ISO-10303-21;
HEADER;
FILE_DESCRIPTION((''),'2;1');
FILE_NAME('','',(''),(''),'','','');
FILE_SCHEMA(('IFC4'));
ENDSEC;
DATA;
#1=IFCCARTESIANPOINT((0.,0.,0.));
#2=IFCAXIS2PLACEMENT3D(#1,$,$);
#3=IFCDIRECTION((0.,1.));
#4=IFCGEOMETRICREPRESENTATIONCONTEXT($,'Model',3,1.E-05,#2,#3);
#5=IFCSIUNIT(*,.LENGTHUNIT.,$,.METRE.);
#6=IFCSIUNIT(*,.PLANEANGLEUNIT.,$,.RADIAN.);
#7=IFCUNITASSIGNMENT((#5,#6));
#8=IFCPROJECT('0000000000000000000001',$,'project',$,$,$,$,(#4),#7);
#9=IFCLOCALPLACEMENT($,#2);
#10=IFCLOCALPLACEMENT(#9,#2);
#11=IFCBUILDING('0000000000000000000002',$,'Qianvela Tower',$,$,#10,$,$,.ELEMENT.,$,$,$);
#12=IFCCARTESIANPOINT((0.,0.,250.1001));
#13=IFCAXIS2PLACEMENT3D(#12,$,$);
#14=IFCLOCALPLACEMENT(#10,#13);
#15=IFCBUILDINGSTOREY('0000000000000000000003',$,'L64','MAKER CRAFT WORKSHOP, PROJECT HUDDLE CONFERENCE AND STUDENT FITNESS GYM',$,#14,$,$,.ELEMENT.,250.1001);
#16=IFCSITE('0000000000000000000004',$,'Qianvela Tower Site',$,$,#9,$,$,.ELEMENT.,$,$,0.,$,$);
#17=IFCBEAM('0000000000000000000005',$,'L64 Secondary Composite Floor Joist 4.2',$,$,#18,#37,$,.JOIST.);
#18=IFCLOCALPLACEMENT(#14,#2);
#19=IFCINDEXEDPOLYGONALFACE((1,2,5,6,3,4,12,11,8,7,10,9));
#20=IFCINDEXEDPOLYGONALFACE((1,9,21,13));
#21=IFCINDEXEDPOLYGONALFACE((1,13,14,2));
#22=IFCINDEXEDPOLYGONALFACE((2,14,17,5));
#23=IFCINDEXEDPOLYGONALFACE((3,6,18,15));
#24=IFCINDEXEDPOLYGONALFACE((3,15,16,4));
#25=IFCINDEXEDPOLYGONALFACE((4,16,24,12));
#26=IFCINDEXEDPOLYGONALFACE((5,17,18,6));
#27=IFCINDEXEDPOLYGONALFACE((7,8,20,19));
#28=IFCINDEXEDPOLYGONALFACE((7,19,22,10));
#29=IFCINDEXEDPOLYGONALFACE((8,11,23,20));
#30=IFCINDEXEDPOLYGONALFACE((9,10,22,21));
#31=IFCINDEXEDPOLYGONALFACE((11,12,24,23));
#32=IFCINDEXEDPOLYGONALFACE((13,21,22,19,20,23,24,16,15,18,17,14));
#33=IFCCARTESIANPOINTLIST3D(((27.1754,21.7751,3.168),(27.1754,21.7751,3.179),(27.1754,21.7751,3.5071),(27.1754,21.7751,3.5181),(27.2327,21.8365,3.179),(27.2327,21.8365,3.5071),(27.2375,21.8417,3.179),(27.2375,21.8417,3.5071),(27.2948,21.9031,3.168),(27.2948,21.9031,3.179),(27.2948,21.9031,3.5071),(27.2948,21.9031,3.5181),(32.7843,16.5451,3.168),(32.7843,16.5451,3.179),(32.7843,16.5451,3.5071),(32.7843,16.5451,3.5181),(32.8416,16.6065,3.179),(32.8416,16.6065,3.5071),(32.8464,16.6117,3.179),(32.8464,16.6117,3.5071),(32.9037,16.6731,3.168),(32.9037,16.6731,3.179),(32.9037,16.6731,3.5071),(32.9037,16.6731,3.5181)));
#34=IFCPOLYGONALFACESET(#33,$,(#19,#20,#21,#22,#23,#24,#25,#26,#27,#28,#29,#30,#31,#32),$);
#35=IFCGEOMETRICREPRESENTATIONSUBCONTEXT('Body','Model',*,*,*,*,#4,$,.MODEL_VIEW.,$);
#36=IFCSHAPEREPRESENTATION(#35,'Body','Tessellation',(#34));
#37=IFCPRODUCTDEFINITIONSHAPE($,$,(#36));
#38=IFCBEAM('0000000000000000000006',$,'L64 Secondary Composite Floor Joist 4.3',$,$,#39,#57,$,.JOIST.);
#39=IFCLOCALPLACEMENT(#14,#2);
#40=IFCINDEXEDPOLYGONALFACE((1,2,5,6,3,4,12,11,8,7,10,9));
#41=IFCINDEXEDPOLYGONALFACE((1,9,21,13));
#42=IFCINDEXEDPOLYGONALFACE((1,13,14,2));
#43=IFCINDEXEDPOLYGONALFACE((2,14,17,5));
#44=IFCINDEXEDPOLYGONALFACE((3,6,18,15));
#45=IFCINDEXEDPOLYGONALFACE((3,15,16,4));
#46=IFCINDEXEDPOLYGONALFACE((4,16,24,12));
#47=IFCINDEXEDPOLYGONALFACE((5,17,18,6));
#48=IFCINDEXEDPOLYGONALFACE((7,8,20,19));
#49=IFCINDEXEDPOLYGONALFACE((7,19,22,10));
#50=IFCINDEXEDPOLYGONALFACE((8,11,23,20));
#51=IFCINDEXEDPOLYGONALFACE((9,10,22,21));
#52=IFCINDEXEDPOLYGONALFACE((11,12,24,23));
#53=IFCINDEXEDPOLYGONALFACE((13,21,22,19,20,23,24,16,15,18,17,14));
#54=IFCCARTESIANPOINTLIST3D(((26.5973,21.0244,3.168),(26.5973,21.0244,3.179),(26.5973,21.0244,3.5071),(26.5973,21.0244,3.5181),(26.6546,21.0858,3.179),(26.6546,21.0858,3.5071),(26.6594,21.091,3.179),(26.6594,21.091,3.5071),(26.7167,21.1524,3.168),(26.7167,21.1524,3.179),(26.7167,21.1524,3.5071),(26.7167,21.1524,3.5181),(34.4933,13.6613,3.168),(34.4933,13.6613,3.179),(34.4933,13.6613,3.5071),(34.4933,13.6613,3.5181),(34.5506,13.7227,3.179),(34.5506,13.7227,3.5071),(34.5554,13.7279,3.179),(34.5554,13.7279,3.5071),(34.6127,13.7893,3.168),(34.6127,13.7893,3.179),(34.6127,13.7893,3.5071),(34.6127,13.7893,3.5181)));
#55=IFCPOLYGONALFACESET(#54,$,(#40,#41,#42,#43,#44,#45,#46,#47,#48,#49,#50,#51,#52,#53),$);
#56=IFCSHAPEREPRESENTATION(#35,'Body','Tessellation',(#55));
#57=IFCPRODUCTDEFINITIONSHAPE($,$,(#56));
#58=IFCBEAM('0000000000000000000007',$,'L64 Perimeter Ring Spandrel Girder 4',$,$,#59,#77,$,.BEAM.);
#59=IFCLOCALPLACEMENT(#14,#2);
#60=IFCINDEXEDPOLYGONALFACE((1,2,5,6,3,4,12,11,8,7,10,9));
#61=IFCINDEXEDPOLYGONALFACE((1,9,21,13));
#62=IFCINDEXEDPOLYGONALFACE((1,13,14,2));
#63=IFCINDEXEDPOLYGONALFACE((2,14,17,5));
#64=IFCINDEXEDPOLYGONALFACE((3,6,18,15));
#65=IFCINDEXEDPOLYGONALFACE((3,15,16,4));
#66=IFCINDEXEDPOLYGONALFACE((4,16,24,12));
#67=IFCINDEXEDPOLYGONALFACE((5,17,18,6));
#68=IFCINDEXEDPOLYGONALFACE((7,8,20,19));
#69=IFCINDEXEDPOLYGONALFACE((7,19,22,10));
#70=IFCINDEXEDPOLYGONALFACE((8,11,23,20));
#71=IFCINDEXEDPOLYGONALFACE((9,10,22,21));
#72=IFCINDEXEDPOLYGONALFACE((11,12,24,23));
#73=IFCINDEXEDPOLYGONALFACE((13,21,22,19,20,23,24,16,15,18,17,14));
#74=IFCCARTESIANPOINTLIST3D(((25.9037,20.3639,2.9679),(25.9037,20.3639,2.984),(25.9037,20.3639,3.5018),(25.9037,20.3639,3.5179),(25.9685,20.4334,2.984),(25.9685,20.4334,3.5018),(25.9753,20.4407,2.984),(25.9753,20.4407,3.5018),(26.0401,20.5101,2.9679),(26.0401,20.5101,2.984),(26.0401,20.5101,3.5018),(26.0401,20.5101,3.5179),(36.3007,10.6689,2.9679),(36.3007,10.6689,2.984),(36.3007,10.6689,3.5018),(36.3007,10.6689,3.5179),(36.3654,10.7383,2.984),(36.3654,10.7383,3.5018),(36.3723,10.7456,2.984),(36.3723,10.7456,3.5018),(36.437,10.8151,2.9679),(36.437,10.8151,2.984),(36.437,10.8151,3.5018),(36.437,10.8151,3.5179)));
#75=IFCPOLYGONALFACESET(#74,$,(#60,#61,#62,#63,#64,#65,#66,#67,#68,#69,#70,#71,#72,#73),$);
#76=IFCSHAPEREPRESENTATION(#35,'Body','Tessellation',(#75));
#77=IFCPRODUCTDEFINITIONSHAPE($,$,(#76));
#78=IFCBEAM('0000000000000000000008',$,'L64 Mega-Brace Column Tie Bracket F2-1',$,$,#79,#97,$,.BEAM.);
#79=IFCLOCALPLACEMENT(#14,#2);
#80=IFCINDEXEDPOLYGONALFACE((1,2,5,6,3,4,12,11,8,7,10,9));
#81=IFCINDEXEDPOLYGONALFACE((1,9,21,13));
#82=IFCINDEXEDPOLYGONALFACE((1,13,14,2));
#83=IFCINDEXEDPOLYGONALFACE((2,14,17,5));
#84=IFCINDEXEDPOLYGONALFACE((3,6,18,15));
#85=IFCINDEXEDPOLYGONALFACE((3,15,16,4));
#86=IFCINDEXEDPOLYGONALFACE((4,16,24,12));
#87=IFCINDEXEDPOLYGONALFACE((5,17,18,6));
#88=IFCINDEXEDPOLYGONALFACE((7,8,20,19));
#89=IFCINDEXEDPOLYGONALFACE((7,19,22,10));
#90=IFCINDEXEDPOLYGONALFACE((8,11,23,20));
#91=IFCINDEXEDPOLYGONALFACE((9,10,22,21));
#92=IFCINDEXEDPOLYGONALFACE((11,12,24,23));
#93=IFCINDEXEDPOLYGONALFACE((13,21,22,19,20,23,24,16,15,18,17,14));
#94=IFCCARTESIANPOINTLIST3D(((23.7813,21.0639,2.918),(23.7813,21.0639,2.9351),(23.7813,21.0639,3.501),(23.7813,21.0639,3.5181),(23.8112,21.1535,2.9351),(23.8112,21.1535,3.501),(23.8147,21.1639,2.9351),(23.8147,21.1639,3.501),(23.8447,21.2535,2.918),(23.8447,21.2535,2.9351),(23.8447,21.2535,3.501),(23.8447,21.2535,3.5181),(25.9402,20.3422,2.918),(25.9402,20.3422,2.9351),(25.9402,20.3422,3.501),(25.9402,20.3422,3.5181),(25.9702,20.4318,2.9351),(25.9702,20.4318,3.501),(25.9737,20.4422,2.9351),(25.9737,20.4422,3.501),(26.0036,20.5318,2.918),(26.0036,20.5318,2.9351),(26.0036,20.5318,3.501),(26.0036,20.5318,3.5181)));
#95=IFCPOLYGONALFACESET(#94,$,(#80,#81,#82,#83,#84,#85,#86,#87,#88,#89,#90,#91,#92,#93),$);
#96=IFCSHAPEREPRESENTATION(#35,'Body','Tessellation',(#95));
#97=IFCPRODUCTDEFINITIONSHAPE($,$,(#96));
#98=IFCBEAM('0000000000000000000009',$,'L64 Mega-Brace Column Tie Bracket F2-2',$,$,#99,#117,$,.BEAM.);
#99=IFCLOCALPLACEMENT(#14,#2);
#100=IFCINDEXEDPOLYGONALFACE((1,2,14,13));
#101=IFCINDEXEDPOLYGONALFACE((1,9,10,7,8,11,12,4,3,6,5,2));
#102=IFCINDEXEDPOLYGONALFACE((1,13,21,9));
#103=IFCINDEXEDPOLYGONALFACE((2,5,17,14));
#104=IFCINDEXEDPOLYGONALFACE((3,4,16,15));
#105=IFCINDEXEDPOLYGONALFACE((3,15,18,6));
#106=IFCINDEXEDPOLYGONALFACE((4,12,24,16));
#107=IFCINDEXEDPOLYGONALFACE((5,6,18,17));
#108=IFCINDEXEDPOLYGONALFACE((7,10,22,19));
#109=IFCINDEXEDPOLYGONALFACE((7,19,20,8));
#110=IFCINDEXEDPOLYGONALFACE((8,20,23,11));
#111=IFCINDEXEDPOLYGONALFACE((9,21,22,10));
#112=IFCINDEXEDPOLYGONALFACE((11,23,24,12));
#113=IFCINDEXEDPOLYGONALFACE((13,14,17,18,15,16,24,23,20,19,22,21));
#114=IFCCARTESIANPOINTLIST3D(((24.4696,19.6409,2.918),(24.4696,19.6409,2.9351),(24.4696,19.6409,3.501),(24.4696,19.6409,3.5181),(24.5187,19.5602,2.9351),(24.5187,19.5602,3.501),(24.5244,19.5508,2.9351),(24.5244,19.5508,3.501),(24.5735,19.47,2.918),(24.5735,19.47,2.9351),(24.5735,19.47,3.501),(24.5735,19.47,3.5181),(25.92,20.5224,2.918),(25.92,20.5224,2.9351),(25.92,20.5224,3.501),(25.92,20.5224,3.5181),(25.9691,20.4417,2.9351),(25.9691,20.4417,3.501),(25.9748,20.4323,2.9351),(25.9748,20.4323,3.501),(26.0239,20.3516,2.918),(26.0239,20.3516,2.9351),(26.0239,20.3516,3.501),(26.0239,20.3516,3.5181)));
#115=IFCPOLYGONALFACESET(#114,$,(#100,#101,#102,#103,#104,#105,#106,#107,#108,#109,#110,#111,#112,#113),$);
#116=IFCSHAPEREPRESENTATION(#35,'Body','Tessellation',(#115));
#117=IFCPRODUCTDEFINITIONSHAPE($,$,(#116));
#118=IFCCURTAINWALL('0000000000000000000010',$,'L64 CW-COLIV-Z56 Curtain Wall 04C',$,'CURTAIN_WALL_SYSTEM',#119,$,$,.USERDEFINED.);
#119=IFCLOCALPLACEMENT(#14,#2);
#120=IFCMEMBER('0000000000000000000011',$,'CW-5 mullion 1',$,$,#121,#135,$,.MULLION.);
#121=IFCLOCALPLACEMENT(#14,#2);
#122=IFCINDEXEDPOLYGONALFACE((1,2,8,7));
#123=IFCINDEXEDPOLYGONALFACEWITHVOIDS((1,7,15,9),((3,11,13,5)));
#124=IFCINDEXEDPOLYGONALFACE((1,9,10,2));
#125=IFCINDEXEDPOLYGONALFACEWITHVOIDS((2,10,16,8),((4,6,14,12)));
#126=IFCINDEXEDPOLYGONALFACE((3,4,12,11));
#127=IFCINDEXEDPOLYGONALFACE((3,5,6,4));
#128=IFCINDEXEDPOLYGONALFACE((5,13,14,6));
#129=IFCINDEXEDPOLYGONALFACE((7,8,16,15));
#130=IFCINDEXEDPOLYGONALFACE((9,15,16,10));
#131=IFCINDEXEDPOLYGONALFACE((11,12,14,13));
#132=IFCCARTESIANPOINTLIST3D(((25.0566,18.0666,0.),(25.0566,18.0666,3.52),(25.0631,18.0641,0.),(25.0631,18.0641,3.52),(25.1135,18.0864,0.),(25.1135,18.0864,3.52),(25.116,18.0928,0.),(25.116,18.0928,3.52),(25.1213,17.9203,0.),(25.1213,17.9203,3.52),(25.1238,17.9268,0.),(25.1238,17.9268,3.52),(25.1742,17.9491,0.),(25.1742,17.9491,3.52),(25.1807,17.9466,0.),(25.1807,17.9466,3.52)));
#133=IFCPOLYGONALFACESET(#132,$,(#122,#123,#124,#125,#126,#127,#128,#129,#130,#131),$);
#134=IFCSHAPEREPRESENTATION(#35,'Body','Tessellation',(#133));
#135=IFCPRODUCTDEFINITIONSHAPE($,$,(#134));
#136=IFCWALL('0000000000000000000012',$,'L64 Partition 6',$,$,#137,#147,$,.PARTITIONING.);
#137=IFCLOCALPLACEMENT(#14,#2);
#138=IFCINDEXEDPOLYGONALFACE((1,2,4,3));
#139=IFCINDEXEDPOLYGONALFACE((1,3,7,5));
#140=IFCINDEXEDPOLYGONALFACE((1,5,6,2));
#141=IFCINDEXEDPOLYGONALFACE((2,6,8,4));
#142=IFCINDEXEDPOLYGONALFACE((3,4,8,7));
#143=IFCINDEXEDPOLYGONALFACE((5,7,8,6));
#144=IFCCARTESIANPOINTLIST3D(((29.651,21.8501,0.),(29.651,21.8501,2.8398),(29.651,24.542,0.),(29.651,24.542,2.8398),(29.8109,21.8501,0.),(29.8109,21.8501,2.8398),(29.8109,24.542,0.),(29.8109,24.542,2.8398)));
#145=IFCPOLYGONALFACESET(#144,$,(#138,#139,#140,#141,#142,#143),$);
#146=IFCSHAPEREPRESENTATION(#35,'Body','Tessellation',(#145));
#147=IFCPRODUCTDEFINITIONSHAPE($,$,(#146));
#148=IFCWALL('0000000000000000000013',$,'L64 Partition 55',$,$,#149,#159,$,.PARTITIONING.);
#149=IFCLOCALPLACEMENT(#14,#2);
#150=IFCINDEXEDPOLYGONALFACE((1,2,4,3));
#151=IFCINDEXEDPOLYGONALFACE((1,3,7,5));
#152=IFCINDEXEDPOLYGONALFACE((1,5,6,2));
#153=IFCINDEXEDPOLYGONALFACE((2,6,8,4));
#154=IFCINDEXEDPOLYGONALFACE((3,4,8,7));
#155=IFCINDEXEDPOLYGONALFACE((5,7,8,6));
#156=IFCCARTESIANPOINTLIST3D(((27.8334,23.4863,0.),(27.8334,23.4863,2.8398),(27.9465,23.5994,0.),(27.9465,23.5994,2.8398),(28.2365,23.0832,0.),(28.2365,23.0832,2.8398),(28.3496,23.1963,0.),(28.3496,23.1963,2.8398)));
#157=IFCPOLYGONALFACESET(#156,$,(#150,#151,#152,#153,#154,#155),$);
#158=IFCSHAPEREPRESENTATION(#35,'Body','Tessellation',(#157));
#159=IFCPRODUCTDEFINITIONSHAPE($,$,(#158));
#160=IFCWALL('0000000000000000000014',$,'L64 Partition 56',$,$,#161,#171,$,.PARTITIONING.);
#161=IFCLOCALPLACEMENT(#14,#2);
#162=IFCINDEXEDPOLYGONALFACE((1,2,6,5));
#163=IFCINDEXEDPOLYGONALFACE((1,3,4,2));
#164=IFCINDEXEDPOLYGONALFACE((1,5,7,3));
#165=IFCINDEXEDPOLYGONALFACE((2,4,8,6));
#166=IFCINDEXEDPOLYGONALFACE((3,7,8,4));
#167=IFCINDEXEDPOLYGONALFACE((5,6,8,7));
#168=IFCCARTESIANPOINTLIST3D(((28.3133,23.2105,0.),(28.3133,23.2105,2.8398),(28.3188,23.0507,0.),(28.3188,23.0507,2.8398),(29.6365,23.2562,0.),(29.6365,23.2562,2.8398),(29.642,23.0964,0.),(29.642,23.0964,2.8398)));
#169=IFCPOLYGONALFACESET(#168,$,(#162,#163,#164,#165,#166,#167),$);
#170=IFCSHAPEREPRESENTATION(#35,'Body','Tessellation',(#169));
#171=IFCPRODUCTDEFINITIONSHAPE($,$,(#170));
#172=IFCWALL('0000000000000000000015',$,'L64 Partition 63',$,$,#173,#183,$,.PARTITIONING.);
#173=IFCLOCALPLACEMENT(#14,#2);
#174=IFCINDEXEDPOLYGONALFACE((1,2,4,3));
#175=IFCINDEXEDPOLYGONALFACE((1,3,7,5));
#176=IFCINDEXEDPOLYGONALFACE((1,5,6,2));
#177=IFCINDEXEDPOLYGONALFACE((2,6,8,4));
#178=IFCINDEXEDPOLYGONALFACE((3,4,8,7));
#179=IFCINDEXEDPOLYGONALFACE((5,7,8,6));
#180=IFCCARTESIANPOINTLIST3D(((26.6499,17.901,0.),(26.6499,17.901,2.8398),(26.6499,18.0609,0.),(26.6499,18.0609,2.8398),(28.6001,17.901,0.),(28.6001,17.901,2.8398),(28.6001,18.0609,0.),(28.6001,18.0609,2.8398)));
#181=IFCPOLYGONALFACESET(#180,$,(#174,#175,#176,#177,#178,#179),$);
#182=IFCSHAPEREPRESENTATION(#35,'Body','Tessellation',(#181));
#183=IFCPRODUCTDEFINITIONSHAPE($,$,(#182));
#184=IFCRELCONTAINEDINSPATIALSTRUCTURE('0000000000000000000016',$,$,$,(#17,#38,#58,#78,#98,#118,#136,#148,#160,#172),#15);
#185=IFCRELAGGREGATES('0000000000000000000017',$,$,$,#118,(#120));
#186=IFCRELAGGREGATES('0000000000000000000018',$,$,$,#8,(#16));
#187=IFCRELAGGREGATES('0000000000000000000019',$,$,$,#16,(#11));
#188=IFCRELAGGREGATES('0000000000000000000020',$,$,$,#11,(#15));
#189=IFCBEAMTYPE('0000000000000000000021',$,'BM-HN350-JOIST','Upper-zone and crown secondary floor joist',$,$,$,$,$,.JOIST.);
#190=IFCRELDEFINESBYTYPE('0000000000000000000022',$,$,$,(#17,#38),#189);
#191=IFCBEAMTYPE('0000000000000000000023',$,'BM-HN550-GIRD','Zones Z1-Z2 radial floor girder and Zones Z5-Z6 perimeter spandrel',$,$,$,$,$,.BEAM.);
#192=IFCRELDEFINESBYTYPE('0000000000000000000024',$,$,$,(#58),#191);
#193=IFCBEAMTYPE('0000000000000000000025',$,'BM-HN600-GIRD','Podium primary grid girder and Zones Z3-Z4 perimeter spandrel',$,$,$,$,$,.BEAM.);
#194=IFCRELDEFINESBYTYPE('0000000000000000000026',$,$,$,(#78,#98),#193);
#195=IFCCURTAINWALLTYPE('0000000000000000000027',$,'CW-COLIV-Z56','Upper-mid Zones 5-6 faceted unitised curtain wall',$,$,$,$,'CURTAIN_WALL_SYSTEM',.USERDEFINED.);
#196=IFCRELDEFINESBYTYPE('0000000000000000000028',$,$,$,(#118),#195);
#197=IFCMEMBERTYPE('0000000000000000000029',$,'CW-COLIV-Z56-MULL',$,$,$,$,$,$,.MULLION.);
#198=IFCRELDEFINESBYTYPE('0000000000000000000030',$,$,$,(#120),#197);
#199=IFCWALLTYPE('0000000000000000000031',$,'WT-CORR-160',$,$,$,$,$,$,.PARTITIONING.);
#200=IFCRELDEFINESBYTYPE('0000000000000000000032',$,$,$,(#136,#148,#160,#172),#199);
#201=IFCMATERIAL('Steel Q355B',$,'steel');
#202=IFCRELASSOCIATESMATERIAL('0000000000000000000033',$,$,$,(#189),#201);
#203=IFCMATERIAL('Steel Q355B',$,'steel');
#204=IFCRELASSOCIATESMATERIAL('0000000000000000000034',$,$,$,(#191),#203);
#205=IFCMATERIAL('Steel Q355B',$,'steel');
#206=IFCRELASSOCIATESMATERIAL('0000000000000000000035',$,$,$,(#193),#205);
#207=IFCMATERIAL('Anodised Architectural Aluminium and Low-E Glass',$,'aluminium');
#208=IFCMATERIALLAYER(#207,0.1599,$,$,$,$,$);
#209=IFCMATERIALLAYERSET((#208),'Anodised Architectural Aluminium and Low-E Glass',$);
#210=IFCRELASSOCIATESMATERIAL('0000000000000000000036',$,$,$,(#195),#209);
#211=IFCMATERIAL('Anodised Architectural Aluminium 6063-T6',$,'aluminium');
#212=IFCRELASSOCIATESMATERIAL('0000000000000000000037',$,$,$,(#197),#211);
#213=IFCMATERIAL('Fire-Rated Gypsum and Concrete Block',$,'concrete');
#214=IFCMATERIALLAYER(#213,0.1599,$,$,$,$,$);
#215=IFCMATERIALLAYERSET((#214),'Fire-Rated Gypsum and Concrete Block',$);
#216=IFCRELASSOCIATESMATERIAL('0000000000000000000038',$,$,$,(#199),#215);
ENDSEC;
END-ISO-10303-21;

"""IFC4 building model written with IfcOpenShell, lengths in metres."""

from ifc_helpers import new_model, si_unit, direction, frame, frame_2d, origin, origin_2d, place, context, subcontext, project, spatial, rectangle, hollow_rectangle, i_section, extrude, material, layer, layer_set, material_profile, profile_set, type_object, element, aggregate, save


model = new_model("IFC4")

# Units and contexts
model_context = context("Model", 3, precision=1e-05, world=origin(), true_north=direction((0.0, 1.0)))
body_context = subcontext(model_context, "Body", "Model", "MODEL_VIEW")
ifc_project = project(units=[si_unit("LENGTHUNIT", "METRE"), si_unit("PLANEANGLEUNIT", "RADIAN")], contexts=[model_context])

# Site, building, storey
site_placement = place(None, origin())
site = spatial("IfcSite", under=ifc_project, at=site_placement, Name="Qianvela Tower Site", CompositionType="ELEMENT", RefElevation=0.0)
building_placement = place(site_placement, origin())
building = spatial("IfcBuilding", under=site, at=building_placement, Name="Qianvela Tower", CompositionType="ELEMENT")
storey_placement = place(building_placement, frame((0.0, 0.0, 250.1001)))
storey = spatial("IfcBuildingStorey", under=building, at=storey_placement, Name="L64", Description="MAKER CRAFT WORKSHOP, PROJECT HUDDLE CONFERENCE AND STUDENT FITNESS GYM", CompositionType="ELEMENT", Elevation=250.1001)

# Beams
ifc_material_1 = material(Name="Steel Q355B", Category="steel")
ifc_material_profile_1 = material_profile(ifc_material_1, i_section(OverallWidth=0.175, OverallDepth=0.3501, WebThickness=0.0071, FlangeThickness=0.011, at=origin_2d()), Name="HN350x175x7x11")
ifc_profile_set_1 = profile_set([ifc_material_profile_1], Name="Steel Q355B")
beam_type_1 = type_object("IfcBeamType", Name="BM-HN350-JOIST", Description="Upper-zone and crown secondary floor joist", PredefinedType="JOIST", material=ifc_profile_set_1)
beam_1_placement = place(storey_placement, frame((27.2351, 21.8391, 3.343), z_axis=(0.731379, -0.681971, 0.0), x_axis=(0.681971, 0.731379, 0.0)))
element("IfcBeam", 1, at=beam_1_placement, inside=storey, type_object=beam_type_1, Name="L64 Secondary Composite Floor Joist 4.2", PredefinedType="JOIST", context=body_context, shape_type="SweptSolid", body=[
    extrude(i_section(OverallWidth=0.175, OverallDepth=0.3501, WebThickness=0.0071, FlangeThickness=0.011, at=origin_2d()), origin(), (0.0, 0.0, 1.0), 7.6689),
])
beam_2_placement = place(storey_placement, frame((26.657, 21.0884, 3.343), z_axis=(0.731358, -0.681993, 0.0), x_axis=(0.681993, 0.731358, 0.0)))
element("IfcBeam", 2, at=beam_2_placement, inside=storey, type_object=beam_type_1, Name="L64 Secondary Composite Floor Joist 4.3", PredefinedType="JOIST", context=body_context, shape_type="SweptSolid", body=[
    extrude(i_section(OverallWidth=0.175, OverallDepth=0.3501, WebThickness=0.0071, FlangeThickness=0.011, at=origin_2d()), origin(), (0.0, 0.0, 1.0), 10.7964),
])
ifc_material_2 = material(Name="Steel Q355B", Category="steel")
ifc_material_profile_2 = material_profile(ifc_material_2, i_section(OverallWidth=0.2, OverallDepth=0.55, WebThickness=0.01, FlangeThickness=0.0161, at=origin_2d()), Name="HN550x200x10x16")
ifc_profile_set_2 = profile_set([ifc_material_profile_2], Name="Steel Q355B")
beam_type_2 = type_object("IfcBeamType", Name="BM-HN550-GIRD", Description="Zones Z1-Z2 radial floor girder and Zones Z5-Z6 perimeter spandrel", PredefinedType="BEAM", material=ifc_profile_set_2)
beam_3_placement = place(storey_placement, frame((25.9719, 20.437, 3.2429), z_axis=(0.731363, -0.681988, 0.0), x_axis=(0.681988, 0.731363, 0.0)))
element("IfcBeam", 3, at=beam_3_placement, inside=storey, type_object=beam_type_2, Name="L64 Perimeter Ring Spandrel Girder 4", PredefinedType="BEAM", context=body_context, shape_type="SweptSolid", body=[
    extrude(i_section(OverallWidth=0.2, OverallDepth=0.55, WebThickness=0.01, FlangeThickness=0.0161, at=origin_2d()), origin(), (0.0, 0.0, 1.0), 14.2158),
])
ifc_material_3 = material(Name="Steel Q355B", Category="steel")
ifc_material_profile_3 = material_profile(ifc_material_3, i_section(OverallWidth=0.2, OverallDepth=0.6001, WebThickness=0.011, FlangeThickness=0.0171, at=origin_2d()), Name="HN600x200x11x17")
ifc_profile_set_3 = profile_set([ifc_material_profile_3], Name="Steel Q355B")
beam_type_3 = type_object("IfcBeamType", Name="BM-HN600-GIRD", Description="Podium primary grid girder and Zones Z3-Z4 perimeter spandrel", PredefinedType="BEAM", material=ifc_profile_set_3)
beam_4_placement = place(storey_placement, frame((25.9719, 20.437, 3.218), z_axis=(-0.948415, 0.317032, 0.0), x_axis=(-0.317032, -0.948415, 0.0)))
element("IfcBeam", 4, at=beam_4_placement, inside=storey, type_object=beam_type_3, Name="L64 Mega-Brace Column Tie Bracket F2-1", PredefinedType="BEAM", context=body_context, shape_type="SweptSolid", body=[
    extrude(i_section(OverallWidth=0.2, OverallDepth=0.6001, WebThickness=0.011, FlangeThickness=0.0171, at=origin_2d()), origin(), (0.0, 0.0, 1.0), 2.2764),
])
beam_5_placement = place(storey_placement, frame((25.9719, 20.437, 3.218), z_axis=(-0.854534, -0.519395, 0.0), x_axis=(0.519395, -0.854534, 0.0)))
element("IfcBeam", 5, at=beam_5_placement, inside=storey, type_object=beam_type_3, Name="L64 Mega-Brace Column Tie Bracket F2-2", PredefinedType="BEAM", context=body_context, shape_type="SweptSolid", body=[
    extrude(i_section(OverallWidth=0.2, OverallDepth=0.6001, WebThickness=0.011, FlangeThickness=0.0171, at=origin_2d()), origin(), (0.0, 0.0, 1.0), 1.6973),
])

# Curtain wall, member
ifc_material_4 = material(Name="Anodised Architectural Aluminium and Low-E Glass", Category="aluminium")
ifc_layer_1 = layer(ifc_material_4, 0.1599)
ifc_layer_set_1 = layer_set([ifc_layer_1], Name="Anodised Architectural Aluminium and Low-E Glass")
curtain_wall_type = type_object("IfcCurtainWallType", Name="CW-COLIV-Z56", Description="Upper-mid Zones 5-6 faceted unitised curtain wall", ElementType="CURTAIN_WALL_SYSTEM", PredefinedType="USERDEFINED", material=ifc_layer_set_1)
curtain_wall_placement = place(storey_placement, origin())
curtain_wall = element("IfcCurtainWall", 6, at=curtain_wall_placement, inside=storey, type_object=curtain_wall_type, Name="L64 CW-COLIV-Z56 Curtain Wall 04C", ObjectType="CURTAIN_WALL_SYSTEM", PredefinedType="USERDEFINED")
ifc_material_5 = material(Name="Anodised Architectural Aluminium 6063-T6", Category="aluminium")
ifc_material_profile_4 = material_profile(ifc_material_5, hollow_rectangle(XDim=0.0649, YDim=0.1599, WallThickness=0.0049, at=origin_2d()), Name="ALU-MULL-65x160")
ifc_profile_set_4 = profile_set([ifc_material_profile_4], Name="Anodised Architectural Aluminium 6063-T6")
member_type = type_object("IfcMemberType", Name="CW-COLIV-Z56-MULL", PredefinedType="MULLION", material=ifc_profile_set_4)
member_placement = place(storey_placement, frame((25.1187, 18.0066, 0.0), z_axis=(0.0, 0.0, 1.0), x_axis=(0.914678, 0.404184, 0.0)))
member = element("IfcMember", 7, at=member_placement, type_object=member_type, Name="CW-5 mullion 1", PredefinedType="MULLION", context=body_context, shape_type="SweptSolid", body=[
    extrude(hollow_rectangle(XDim=0.0649, YDim=0.1599, WallThickness=0.0049, at=origin_2d()), origin(), (0.0, 0.0, 1.0), 3.52),
])
aggregate(curtain_wall, [member])

# Shared definitions
ifc_material_6 = material(Name="Fire-Rated Gypsum and Concrete Block", Category="concrete")
ifc_layer_2 = layer(ifc_material_6, 0.1599)
ifc_layer_set_2 = layer_set([ifc_layer_2], Name="Fire-Rated Gypsum and Concrete Block")
wall_type = type_object("IfcWallType", Name="WT-CORR-160", PredefinedType="PARTITIONING", material=ifc_layer_set_2)

# Walls
wall_1_placement = place(storey_placement, frame((29.731, 21.8501, 0.0), z_axis=(0.0, 0.0, 1.0), x_axis=(0.0, 1.0, 0.0)))
element("IfcWall", 8, at=wall_1_placement, inside=storey, type_object=wall_type, Name="L64 Partition 6", PredefinedType="PARTITIONING", context=body_context, shape_type="SweptSolid", body=[
    extrude(rectangle(XDim=2.6919, YDim=0.1599, at=frame_2d((1.3459, 0.0))), origin(), (0.0, 0.0, 1.0), 2.8398),
])
wall_2_placement = place(storey_placement, frame((27.8899, 23.543, 0.0), z_axis=(0.0, 0.0, 1.0), x_axis=(0.707107, -0.707107, 0.0)))
element("IfcWall", 9, at=wall_2_placement, inside=storey, type_object=wall_type, Name="L64 Partition 55", PredefinedType="PARTITIONING", context=body_context, shape_type="SweptSolid", body=[
    extrude(rectangle(XDim=0.5701, YDim=0.1599, at=frame_2d((0.2852, 0.0))), origin(), (0.0, 0.0, 1.0), 2.8398),
])
wall_3_placement = place(storey_placement, frame((28.3159, 23.1306, 0.0), z_axis=(0.0, 0.0, 1.0), x_axis=(0.999405, 0.034481, 0.0)))
element("IfcWall", 10, at=wall_3_placement, inside=storey, type_object=wall_type, Name="L64 Partition 56", PredefinedType="PARTITIONING", context=body_context, shape_type="SweptSolid", body=[
    extrude(rectangle(XDim=1.324, YDim=0.1599, at=frame_2d((0.6621, 0.0))), origin(), (0.0, 0.0, 1.0), 2.8398),
])
wall_4_placement = place(storey_placement, frame((28.6001, 17.981, 0.0), z_axis=(0.0, 0.0, 1.0), x_axis=(-1.0, 0.0, 0.0)))
element("IfcWall", 11, at=wall_4_placement, inside=storey, type_object=wall_type, Name="L64 Partition 63", PredefinedType="PARTITIONING", context=body_context, shape_type="SweptSolid", body=[
    extrude(rectangle(XDim=1.9502, YDim=0.1599, at=frame_2d((0.9751, 0.0))), origin(), (0.0, 0.0, 1.0), 2.8398),
])

save(model, "model.ifc")
